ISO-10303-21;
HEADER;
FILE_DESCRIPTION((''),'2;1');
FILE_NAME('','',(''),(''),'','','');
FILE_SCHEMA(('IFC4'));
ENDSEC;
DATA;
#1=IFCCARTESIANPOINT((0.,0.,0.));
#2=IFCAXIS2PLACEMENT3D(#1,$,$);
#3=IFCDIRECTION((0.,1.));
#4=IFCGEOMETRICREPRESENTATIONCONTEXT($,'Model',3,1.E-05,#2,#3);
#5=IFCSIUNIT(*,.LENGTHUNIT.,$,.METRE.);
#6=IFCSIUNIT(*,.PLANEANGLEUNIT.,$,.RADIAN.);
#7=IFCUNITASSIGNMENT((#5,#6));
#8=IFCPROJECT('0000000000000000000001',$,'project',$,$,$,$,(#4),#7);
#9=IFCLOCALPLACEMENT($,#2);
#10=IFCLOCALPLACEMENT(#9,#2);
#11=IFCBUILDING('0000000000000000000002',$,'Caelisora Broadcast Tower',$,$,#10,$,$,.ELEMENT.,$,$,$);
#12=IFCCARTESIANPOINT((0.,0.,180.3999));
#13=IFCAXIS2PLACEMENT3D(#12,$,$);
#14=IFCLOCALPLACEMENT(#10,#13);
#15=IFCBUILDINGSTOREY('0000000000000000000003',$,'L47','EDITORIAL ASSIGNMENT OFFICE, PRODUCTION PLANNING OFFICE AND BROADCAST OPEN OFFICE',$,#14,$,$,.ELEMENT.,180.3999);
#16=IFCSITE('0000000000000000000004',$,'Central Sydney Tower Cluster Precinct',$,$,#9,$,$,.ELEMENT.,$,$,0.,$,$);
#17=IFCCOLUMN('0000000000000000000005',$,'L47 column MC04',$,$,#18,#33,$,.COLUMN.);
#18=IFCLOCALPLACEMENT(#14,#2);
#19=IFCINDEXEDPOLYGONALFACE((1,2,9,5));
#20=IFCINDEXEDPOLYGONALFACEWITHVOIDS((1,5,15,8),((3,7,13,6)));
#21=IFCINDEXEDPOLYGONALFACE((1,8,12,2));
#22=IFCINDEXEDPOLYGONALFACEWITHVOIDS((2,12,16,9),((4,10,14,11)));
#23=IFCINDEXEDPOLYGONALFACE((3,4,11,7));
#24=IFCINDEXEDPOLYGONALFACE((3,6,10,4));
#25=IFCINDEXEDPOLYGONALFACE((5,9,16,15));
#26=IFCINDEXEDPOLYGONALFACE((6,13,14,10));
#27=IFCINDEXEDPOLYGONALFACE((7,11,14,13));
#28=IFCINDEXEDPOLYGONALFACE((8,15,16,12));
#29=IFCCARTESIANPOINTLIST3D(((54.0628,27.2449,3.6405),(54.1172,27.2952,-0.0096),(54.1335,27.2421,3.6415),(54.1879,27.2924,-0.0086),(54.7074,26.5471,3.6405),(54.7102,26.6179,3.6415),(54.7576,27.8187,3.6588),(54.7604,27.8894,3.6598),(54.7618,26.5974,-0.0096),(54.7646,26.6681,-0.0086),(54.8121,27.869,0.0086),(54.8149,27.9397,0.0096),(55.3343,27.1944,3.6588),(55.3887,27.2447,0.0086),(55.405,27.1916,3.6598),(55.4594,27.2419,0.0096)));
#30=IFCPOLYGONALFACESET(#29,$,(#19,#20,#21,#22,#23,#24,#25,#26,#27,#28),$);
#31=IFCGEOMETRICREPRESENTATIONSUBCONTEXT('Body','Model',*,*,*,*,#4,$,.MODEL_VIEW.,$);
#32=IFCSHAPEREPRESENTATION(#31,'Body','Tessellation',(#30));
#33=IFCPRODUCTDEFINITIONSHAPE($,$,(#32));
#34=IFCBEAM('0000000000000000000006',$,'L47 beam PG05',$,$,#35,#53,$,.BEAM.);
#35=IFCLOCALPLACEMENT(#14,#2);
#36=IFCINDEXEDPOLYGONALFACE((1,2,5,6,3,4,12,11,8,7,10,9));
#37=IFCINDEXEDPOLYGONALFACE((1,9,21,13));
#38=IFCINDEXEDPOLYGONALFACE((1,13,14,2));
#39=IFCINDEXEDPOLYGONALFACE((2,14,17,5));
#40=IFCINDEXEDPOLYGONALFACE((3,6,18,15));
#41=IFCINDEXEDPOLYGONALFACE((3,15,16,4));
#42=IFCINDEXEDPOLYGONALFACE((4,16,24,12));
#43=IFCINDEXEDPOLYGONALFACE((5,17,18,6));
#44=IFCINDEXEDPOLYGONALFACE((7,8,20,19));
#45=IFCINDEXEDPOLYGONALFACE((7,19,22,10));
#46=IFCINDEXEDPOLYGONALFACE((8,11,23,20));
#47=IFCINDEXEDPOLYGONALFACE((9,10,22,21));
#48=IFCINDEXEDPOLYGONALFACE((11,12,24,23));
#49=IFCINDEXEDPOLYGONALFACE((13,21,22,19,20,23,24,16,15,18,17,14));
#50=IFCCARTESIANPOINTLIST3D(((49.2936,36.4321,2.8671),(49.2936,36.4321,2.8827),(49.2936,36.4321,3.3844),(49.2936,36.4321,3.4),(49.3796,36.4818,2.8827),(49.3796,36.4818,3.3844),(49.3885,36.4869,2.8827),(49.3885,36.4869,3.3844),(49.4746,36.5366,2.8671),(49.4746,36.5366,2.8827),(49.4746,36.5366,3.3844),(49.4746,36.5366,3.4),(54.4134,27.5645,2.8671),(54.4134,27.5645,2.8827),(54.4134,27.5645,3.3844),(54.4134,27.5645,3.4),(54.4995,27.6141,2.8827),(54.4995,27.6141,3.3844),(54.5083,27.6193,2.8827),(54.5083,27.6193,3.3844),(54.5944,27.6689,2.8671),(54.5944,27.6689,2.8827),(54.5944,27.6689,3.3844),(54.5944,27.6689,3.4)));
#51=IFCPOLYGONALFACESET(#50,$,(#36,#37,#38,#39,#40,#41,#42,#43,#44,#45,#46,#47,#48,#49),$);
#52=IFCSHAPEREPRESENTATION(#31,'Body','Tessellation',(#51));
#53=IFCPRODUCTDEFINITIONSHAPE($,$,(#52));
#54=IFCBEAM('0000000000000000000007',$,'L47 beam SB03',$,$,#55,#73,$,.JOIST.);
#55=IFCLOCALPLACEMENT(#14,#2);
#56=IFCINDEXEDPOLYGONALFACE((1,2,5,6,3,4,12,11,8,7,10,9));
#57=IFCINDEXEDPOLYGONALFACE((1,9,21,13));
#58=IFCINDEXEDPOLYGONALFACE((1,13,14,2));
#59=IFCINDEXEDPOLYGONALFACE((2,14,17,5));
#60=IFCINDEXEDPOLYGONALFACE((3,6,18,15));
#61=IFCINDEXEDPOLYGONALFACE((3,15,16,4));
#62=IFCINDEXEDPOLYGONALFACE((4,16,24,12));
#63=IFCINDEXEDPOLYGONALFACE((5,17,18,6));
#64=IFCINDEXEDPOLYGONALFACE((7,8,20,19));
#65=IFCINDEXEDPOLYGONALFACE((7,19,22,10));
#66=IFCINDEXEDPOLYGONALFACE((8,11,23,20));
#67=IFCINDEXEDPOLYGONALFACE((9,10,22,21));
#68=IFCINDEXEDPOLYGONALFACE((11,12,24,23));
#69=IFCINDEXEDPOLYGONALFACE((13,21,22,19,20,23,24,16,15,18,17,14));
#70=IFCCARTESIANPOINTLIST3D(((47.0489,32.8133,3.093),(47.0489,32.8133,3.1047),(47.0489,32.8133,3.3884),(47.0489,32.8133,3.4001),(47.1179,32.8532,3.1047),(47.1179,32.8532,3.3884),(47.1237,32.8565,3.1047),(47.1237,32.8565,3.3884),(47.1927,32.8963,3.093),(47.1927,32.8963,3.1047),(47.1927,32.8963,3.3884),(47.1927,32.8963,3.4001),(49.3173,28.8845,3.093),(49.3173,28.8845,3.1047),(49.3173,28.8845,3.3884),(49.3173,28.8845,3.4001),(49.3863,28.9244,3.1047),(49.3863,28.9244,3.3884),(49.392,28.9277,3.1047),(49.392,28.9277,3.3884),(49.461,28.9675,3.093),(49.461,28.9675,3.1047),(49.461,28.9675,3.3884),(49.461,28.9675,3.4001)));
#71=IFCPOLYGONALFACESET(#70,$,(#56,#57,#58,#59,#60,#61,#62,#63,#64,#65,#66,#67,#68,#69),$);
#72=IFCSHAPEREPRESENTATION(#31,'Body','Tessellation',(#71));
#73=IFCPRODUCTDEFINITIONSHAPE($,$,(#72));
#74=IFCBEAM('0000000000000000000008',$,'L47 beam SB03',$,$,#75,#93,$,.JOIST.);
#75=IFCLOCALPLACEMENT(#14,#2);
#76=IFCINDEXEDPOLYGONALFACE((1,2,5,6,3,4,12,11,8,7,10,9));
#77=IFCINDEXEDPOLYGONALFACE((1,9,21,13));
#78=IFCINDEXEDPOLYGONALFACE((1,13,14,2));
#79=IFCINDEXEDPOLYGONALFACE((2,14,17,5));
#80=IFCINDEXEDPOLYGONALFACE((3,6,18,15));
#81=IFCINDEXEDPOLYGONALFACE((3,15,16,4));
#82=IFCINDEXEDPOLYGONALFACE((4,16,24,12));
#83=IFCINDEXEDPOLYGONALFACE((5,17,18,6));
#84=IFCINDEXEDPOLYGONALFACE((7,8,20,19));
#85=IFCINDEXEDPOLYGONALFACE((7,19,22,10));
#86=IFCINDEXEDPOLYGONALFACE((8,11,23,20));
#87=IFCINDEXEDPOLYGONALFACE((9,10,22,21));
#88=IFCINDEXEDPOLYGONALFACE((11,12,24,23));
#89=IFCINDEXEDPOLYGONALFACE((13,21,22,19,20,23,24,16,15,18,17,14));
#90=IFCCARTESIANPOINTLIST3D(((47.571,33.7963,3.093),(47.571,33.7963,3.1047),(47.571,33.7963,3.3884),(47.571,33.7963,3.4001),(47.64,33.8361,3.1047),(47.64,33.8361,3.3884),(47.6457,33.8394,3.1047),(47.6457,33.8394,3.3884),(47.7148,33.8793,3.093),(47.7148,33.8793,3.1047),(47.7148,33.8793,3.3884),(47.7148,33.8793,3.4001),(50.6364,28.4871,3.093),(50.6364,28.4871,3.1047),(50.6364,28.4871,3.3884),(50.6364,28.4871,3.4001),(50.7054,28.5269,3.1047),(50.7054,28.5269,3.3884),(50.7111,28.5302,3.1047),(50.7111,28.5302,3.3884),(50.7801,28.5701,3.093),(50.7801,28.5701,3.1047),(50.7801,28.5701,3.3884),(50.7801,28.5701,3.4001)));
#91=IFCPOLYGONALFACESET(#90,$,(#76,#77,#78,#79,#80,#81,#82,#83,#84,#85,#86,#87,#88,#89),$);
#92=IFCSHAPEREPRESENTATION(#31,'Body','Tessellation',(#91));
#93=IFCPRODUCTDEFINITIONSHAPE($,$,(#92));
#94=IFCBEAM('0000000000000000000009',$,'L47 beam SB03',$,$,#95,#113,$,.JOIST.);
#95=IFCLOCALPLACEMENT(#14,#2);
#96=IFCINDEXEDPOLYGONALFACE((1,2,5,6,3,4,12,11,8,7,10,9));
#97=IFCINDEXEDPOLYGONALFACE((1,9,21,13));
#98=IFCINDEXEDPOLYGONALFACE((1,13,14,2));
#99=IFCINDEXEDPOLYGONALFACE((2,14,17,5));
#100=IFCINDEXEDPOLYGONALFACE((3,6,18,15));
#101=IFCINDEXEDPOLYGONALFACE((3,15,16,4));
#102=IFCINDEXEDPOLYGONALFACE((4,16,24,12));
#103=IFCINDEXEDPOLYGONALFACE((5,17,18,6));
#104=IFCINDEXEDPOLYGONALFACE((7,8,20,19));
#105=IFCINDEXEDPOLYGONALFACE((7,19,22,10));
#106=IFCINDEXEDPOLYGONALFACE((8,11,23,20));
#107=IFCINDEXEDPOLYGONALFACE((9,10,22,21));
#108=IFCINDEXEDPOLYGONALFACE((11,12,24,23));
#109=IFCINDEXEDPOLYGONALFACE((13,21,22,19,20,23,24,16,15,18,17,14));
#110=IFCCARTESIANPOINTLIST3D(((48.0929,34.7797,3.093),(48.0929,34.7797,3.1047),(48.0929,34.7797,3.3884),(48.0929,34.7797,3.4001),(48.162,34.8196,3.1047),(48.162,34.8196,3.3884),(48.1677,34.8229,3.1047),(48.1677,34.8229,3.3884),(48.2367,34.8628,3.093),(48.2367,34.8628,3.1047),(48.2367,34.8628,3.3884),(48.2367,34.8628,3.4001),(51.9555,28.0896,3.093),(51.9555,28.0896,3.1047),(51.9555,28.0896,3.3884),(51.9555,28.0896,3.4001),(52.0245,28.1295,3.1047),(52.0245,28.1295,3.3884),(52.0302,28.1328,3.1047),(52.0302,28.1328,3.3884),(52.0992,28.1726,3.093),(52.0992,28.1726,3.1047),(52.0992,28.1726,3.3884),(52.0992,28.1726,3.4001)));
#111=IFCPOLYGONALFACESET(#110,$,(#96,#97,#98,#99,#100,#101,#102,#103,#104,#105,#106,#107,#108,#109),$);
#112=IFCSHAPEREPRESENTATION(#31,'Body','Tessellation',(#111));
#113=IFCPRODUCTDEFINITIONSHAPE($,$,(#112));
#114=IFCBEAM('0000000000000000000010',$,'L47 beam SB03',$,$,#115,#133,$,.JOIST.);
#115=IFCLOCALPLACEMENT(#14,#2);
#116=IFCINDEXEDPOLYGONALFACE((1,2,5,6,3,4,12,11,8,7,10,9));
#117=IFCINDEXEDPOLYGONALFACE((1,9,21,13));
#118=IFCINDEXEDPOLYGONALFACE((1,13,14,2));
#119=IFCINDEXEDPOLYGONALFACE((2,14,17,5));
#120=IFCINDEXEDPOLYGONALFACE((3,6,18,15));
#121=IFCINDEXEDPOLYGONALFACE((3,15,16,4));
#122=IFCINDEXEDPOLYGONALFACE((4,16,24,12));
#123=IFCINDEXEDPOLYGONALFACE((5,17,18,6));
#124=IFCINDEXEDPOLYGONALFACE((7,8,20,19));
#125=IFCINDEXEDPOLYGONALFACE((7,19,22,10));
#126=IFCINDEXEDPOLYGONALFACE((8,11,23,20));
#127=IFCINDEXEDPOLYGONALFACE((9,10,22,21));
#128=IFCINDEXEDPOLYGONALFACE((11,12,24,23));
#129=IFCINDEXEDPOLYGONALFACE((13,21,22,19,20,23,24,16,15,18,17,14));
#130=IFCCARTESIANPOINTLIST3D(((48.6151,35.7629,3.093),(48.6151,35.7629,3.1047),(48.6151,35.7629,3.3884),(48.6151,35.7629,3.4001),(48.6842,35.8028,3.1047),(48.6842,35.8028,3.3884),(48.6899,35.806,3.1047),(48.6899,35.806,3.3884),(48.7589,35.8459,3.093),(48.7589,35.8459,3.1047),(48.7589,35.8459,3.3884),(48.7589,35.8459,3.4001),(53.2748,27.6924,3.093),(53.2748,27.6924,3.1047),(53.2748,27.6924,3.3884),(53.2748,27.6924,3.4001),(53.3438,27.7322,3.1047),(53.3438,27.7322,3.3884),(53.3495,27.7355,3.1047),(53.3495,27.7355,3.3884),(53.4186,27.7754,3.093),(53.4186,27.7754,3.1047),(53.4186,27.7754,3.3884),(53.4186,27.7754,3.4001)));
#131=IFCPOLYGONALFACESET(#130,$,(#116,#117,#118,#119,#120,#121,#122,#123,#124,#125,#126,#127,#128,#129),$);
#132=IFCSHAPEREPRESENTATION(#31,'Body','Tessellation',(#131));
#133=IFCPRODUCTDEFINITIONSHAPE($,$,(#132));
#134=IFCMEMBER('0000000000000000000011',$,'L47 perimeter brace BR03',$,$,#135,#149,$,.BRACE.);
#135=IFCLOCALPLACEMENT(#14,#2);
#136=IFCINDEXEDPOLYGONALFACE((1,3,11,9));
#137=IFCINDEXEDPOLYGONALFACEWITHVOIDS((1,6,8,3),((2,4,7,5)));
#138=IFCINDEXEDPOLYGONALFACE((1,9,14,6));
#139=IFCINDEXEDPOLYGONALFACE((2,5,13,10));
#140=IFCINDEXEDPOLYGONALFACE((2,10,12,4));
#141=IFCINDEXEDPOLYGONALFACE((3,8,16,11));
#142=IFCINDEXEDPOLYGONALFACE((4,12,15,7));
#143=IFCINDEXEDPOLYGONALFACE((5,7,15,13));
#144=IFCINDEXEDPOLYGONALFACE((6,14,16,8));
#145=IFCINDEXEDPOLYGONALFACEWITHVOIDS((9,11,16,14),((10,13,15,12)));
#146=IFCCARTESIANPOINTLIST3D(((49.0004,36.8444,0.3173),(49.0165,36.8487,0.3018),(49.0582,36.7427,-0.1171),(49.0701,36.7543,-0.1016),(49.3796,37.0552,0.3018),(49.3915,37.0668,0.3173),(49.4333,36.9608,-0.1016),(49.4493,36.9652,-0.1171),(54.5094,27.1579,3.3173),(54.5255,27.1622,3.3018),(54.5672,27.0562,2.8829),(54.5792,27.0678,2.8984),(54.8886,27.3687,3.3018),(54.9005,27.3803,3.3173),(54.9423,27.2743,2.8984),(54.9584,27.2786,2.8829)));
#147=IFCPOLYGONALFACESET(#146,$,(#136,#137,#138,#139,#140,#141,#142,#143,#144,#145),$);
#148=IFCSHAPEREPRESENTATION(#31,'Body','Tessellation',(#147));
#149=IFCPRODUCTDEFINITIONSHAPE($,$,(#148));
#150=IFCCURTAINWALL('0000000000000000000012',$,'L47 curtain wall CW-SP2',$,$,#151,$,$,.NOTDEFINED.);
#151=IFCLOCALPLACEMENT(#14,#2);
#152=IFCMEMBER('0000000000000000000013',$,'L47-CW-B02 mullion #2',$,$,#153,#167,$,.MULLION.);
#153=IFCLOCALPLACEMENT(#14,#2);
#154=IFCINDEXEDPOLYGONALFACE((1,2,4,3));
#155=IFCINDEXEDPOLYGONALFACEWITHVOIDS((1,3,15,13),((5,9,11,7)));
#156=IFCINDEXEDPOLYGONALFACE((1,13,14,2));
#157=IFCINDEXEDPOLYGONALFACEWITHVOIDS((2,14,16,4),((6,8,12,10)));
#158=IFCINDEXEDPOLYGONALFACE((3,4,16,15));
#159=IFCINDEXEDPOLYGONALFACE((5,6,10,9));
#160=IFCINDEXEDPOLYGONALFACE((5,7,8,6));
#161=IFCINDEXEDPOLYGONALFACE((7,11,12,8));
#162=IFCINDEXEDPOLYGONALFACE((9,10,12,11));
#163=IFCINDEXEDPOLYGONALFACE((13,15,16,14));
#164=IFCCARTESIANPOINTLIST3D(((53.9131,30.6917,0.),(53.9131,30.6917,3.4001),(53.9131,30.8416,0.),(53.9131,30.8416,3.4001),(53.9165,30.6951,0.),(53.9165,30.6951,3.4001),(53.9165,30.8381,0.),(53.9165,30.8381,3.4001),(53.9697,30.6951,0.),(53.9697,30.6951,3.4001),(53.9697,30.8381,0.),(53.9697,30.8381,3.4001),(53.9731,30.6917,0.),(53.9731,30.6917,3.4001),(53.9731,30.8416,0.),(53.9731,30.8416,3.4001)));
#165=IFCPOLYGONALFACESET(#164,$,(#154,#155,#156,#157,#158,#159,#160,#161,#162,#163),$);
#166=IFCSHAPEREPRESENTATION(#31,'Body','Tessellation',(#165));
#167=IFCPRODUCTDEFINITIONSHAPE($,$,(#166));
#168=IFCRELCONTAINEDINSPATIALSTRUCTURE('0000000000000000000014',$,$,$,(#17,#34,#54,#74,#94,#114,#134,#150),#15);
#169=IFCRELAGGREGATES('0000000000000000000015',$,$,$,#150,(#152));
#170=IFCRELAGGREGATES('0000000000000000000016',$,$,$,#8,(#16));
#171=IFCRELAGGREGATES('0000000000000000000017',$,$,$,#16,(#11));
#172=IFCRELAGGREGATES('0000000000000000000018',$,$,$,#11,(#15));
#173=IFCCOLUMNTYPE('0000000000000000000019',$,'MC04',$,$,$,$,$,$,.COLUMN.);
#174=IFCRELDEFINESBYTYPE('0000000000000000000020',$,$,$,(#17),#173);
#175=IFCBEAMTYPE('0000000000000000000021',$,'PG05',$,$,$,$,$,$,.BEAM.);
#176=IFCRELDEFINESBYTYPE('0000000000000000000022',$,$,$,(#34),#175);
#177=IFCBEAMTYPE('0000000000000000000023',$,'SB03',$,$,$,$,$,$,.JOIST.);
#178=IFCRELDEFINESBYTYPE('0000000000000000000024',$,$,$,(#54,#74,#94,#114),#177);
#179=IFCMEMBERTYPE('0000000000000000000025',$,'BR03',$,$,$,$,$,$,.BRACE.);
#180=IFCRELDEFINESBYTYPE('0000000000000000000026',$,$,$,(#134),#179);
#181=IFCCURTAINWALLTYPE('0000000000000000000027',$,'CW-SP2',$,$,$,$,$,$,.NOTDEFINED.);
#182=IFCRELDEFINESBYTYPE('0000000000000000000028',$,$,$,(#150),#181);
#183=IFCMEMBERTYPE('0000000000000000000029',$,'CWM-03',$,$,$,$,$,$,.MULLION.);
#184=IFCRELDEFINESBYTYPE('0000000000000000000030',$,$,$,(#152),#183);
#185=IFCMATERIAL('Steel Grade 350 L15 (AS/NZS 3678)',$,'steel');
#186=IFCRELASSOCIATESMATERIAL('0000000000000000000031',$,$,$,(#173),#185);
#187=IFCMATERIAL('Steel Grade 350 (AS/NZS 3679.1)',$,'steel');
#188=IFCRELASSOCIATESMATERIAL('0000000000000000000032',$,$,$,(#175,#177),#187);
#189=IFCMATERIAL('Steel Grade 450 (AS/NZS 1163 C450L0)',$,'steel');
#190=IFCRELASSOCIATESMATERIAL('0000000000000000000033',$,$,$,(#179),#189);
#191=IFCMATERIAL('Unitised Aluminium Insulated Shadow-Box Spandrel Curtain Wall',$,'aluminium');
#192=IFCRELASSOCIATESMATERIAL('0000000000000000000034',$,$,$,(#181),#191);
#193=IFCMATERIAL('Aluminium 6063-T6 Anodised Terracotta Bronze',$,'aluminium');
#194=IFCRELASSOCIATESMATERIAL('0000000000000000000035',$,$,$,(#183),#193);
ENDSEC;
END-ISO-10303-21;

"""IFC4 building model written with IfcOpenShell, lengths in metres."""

from ifc_helpers import new_model, si_unit, direction, frame, origin, origin_2d, place, context, subcontext, project, spatial, hollow_rectangle, i_section, extrude, source, transform, mapped, material, material_profile, profile_set, type_object, type_shapes, element, aggregate, save


model = new_model("IFC4")

# Units and contexts
model_context = context("Model", 3, precision=1e-05, world=origin(), true_north=direction((0.0, 1.0)))
body_context = subcontext(model_context, "Body", "Model", "MODEL_VIEW")
ifc_project = project(units=[si_unit("LENGTHUNIT", "METRE"), si_unit("PLANEANGLEUNIT", "RADIAN")], contexts=[model_context])

# Site, building, storey
site_placement = place(None, origin())
site = spatial("IfcSite", under=ifc_project, at=site_placement, Name="Central Sydney Tower Cluster Precinct", CompositionType="ELEMENT", RefElevation=0.0)
building_placement = place(site_placement, origin())
building = spatial("IfcBuilding", under=site, at=building_placement, Name="Caelisora Broadcast Tower", CompositionType="ELEMENT")
storey_placement = place(building_placement, frame((0.0, 0.0, 180.3999)))
storey = spatial("IfcBuildingStorey", under=building, at=storey_placement, Name="L47", Description="EDITORIAL ASSIGNMENT OFFICE, PRODUCTION PLANNING OFFICE AND BROADCAST OPEN OFFICE", CompositionType="ELEMENT", Elevation=180.3999)

# Column
ifc_material_1 = material(Name="Steel Grade 350 L15 (AS/NZS 3678)", Category="steel")
ifc_material_profile_1 = material_profile(ifc_material_1, hollow_rectangle(XDim=0.95, YDim=0.95, WallThickness=0.05, at=origin_2d()), Name="Steel Grade 350 L15 (AS/NZS 3678)")
ifc_profile_set_1 = profile_set([ifc_material_profile_1], Name="Steel Grade 350 L15 (AS/NZS 3678)")
column_type = type_object("IfcColumnType", Name="MC04", PredefinedType="COLUMN", material=ifc_profile_set_1)
shared_shape_1 = source(origin(), body_context, "Body", "SweptSolid", [
    extrude(hollow_rectangle(XDim=0.95, YDim=0.95, WallThickness=0.05, at=origin_2d()), origin(), (0.0, 0.0, 1.0), 3.6509),
])
type_shapes(column_type, [shared_shape_1])
column_placement = place(storey_placement, frame((54.7883, 27.2686, 0.0), z_axis=(-0.014912, -0.013776, 0.999794), x_axis=(0.678554, -0.734551, 0.0)))
element("IfcColumn", 1, at=column_placement, inside=storey, type_object=column_type, Name="L47 column MC04", PredefinedType="COLUMN", context=body_context, shape_type="MappedRepresentation", body=[
    mapped(shared_shape_1, transform((0.0, 0.0, 0.0), scale=1.0)),
])

# Beams
ifc_material_2 = material(Name="Steel Grade 350 (AS/NZS 3679.1)", Category="steel")
ifc_material_profile_2 = material_profile(ifc_material_2, i_section(OverallWidth=0.209, OverallDepth=0.533, WebThickness=0.0103, FlangeThickness=0.0156, at=origin_2d()), Name="Steel Grade 350 (AS/NZS 3679.1)")
ifc_profile_set_2 = profile_set([ifc_material_profile_2], Name="Steel Grade 350 (AS/NZS 3679.1)")
beam_type_1 = type_object("IfcBeamType", Name="PG05", PredefinedType="BEAM", material=ifc_profile_set_2)
shared_shape_2 = source(origin(), body_context, "Body", "SweptSolid", [
    extrude(i_section(OverallWidth=0.209, OverallDepth=0.533, WebThickness=0.0103, FlangeThickness=0.0156, at=origin_2d()), origin(), (0.0, 0.0, 1.0), 10.2395),
])
type_shapes(beam_type_1, [shared_shape_2])
beam_1_placement = place(storey_placement, frame((54.5039, 27.6167, 3.1335), z_axis=(-0.500009, 0.86602, 0.0), x_axis=(-0.86602, -0.500009, 0.0)))
element("IfcBeam", 2, at=beam_1_placement, inside=storey, type_object=beam_type_1, Name="L47 beam PG05", PredefinedType="BEAM", context=body_context, shape_type="MappedRepresentation", body=[
    mapped(shared_shape_2, transform((0.0, 0.0, 0.0), scale=1.0)),
])
ifc_material_profile_3 = material_profile(ifc_material_2, i_section(OverallWidth=0.166, OverallDepth=0.3071, WebThickness=0.0066, FlangeThickness=0.0117, at=origin_2d()), Name="Steel Grade 350 (AS/NZS 3679.1)")
ifc_profile_set_3 = profile_set([ifc_material_profile_3], Name="Steel Grade 350 (AS/NZS 3679.1)")
beam_type_2 = type_object("IfcBeamType", Name="SB03", PredefinedType="JOIST", material=ifc_profile_set_3)
shared_shape_3 = source(origin(), body_context, "Body", "SweptSolid", [
    extrude(i_section(OverallWidth=0.166, OverallDepth=0.3071, WebThickness=0.0066, FlangeThickness=0.0117, at=origin_2d()), origin(), (0.0, 0.0, 1.0), 4.5366),
])
beam_2_placement = place(storey_placement, frame((49.3892, 28.926, 3.2466), z_axis=(-0.500011, 0.866019, 0.0), x_axis=(-0.866019, -0.500011, 0.0)))
element("IfcBeam", 3, at=beam_2_placement, inside=storey, type_object=beam_type_2, Name="L47 beam SB03", PredefinedType="JOIST", context=body_context, shape_type="MappedRepresentation", body=[
    mapped(shared_shape_3, transform((0.0, 0.0, 0.0), scale=1.0)),
])
shared_shape_4 = source(origin(), body_context, "Body", "SweptSolid", [
    extrude(i_section(OverallWidth=0.166, OverallDepth=0.3071, WebThickness=0.0066, FlangeThickness=0.0117, at=origin_2d()), origin(), (0.0, 0.0, 1.0), 6.1306),
])
beam_3_placement = place(storey_placement, frame((50.7083, 28.5286, 3.2466), z_axis=(-0.500011, 0.866019, 0.0), x_axis=(-0.866019, -0.500011, 0.0)))
element("IfcBeam", 4, at=beam_3_placement, inside=storey, type_object=beam_type_2, Name="L47 beam SB03", PredefinedType="JOIST", context=body_context, shape_type="MappedRepresentation", body=[
    mapped(shared_shape_4, transform((0.0, 0.0, 0.0), scale=1.0)),
])
shared_shape_5 = source(origin(), body_context, "Body", "SweptSolid", [
    extrude(i_section(OverallWidth=0.166, OverallDepth=0.3071, WebThickness=0.0066, FlangeThickness=0.0117, at=origin_2d()), origin(), (0.0, 0.0, 1.0), 7.7251),
])
beam_4_placement = place(storey_placement, frame((52.0273, 28.1311, 3.2466), z_axis=(-0.499997, 0.866027, 0.0), x_axis=(-0.866027, -0.499997, 0.0)))
element("IfcBeam", 5, at=beam_4_placement, inside=storey, type_object=beam_type_2, Name="L47 beam SB03", PredefinedType="JOIST", context=body_context, shape_type="MappedRepresentation", body=[
    mapped(shared_shape_5, transform((0.0, 0.0, 0.0), scale=1.0)),
])
shared_shape_6 = source(origin(), body_context, "Body", "SweptSolid", [
    extrude(i_section(OverallWidth=0.166, OverallDepth=0.3071, WebThickness=0.0066, FlangeThickness=0.0117, at=origin_2d()), origin(), (0.0, 0.0, 1.0), 9.3191),
])
type_shapes(beam_type_2, [shared_shape_3, shared_shape_4, shared_shape_5, shared_shape_6])
beam_5_placement = place(storey_placement, frame((53.3467, 27.7339, 3.2466), z_axis=(-0.50001, 0.866019, 0.0), x_axis=(-0.866019, -0.50001, 0.0)))
element("IfcBeam", 6, at=beam_5_placement, inside=storey, type_object=beam_type_2, Name="L47 beam SB03", PredefinedType="JOIST", context=body_context, shape_type="MappedRepresentation", body=[
    mapped(shared_shape_6, transform((0.0, 0.0, 0.0), scale=1.0)),
])

# Member
ifc_material_3 = material(Name="Steel Grade 450 (AS/NZS 1163 C450L0)", Category="steel")
ifc_material_profile_4 = material_profile(ifc_material_3, hollow_rectangle(XDim=0.45, YDim=0.45, WallThickness=0.0161, at=origin_2d()), Name="Steel Grade 450 (AS/NZS 1163 C450L0)")
ifc_profile_set_4 = profile_set([ifc_material_profile_4], Name="Steel Grade 450 (AS/NZS 1163 C450L0)")
member_type_1 = type_object("IfcMemberType", Name="BR03", PredefinedType="BRACE", material=ifc_profile_set_4)
shared_shape_7 = source(origin(), body_context, "Body", "SweptSolid", [
    extrude(hollow_rectangle(XDim=0.45, YDim=0.45, WallThickness=0.0161, at=origin_2d()), origin(), (0.0, 0.0, 1.0), 11.5403),
])
type_shapes(member_type_1, [shared_shape_7])
member_1_placement = place(storey_placement, frame((54.7339, 27.2183, 3.1001), z_axis=(-0.477374, 0.839366, -0.259959), x_axis=(-0.869251, -0.494371, 0.0)))
element("IfcMember", 7, at=member_1_placement, inside=storey, type_object=member_type_1, Name="L47 perimeter brace BR03", PredefinedType="BRACE", context=body_context, shape_type="MappedRepresentation", body=[
    mapped(shared_shape_7, transform((0.0, 0.0, 0.0), scale=1.0)),
])

# Curtain wall, member
ifc_material_4 = material(Name="Unitised Aluminium Insulated Shadow-Box Spandrel Curtain Wall", Category="aluminium")
curtain_wall_type_1 = type_object("IfcCurtainWallType", Name="CW-SP2", PredefinedType="NOTDEFINED", material=ifc_material_4)
curtain_wall_1_placement = place(storey_placement, origin())
curtain_wall_1 = element("IfcCurtainWall", 8, at=curtain_wall_1_placement, inside=storey, type_object=curtain_wall_type_1, Name="L47 curtain wall CW-SP2", PredefinedType="NOTDEFINED")
ifc_material_5 = material(Name="Aluminium 6063-T6 Anodised Terracotta Bronze", Category="aluminium")
ifc_material_profile_5 = material_profile(ifc_material_5, hollow_rectangle(XDim=0.0601, YDim=0.1499, WallThickness=0.0034, at=origin_2d()), Name="Aluminium 6063-T6 Anodised Terracotta Bronze")
ifc_profile_set_5 = profile_set([ifc_material_profile_5], Name="Aluminium 6063-T6 Anodised Terracotta Bronze")
member_type_2 = type_object("IfcMemberType", Name="CWM-03", PredefinedType="MULLION", material=ifc_profile_set_5)
shared_shape_8 = source(origin(), body_context, "Body", "SweptSolid", [
    extrude(hollow_rectangle(XDim=0.0601, YDim=0.1499, WallThickness=0.0034, at=origin_2d()), origin(), (0.0, 0.0, 1.0), 3.4001),
])
type_shapes(member_type_2, [shared_shape_8])
member_2_placement = place(storey_placement, frame((53.9431, 30.7666, 0.0), z_axis=(0.0, 0.0, 1.0), x_axis=(1.0, 0.0, 0.0)))
member_2 = element("IfcMember", 9, at=member_2_placement, type_object=member_type_2, Name="L47-CW-B02 mullion #2", PredefinedType="MULLION", context=body_context, shape_type="MappedRepresentation", body=[
    mapped(shared_shape_8, transform((0.0, 0.0, 0.0), scale=1.0)),
])

aggregate(curtain_wall_1, [member_2])

save(model, "model.ifc")
